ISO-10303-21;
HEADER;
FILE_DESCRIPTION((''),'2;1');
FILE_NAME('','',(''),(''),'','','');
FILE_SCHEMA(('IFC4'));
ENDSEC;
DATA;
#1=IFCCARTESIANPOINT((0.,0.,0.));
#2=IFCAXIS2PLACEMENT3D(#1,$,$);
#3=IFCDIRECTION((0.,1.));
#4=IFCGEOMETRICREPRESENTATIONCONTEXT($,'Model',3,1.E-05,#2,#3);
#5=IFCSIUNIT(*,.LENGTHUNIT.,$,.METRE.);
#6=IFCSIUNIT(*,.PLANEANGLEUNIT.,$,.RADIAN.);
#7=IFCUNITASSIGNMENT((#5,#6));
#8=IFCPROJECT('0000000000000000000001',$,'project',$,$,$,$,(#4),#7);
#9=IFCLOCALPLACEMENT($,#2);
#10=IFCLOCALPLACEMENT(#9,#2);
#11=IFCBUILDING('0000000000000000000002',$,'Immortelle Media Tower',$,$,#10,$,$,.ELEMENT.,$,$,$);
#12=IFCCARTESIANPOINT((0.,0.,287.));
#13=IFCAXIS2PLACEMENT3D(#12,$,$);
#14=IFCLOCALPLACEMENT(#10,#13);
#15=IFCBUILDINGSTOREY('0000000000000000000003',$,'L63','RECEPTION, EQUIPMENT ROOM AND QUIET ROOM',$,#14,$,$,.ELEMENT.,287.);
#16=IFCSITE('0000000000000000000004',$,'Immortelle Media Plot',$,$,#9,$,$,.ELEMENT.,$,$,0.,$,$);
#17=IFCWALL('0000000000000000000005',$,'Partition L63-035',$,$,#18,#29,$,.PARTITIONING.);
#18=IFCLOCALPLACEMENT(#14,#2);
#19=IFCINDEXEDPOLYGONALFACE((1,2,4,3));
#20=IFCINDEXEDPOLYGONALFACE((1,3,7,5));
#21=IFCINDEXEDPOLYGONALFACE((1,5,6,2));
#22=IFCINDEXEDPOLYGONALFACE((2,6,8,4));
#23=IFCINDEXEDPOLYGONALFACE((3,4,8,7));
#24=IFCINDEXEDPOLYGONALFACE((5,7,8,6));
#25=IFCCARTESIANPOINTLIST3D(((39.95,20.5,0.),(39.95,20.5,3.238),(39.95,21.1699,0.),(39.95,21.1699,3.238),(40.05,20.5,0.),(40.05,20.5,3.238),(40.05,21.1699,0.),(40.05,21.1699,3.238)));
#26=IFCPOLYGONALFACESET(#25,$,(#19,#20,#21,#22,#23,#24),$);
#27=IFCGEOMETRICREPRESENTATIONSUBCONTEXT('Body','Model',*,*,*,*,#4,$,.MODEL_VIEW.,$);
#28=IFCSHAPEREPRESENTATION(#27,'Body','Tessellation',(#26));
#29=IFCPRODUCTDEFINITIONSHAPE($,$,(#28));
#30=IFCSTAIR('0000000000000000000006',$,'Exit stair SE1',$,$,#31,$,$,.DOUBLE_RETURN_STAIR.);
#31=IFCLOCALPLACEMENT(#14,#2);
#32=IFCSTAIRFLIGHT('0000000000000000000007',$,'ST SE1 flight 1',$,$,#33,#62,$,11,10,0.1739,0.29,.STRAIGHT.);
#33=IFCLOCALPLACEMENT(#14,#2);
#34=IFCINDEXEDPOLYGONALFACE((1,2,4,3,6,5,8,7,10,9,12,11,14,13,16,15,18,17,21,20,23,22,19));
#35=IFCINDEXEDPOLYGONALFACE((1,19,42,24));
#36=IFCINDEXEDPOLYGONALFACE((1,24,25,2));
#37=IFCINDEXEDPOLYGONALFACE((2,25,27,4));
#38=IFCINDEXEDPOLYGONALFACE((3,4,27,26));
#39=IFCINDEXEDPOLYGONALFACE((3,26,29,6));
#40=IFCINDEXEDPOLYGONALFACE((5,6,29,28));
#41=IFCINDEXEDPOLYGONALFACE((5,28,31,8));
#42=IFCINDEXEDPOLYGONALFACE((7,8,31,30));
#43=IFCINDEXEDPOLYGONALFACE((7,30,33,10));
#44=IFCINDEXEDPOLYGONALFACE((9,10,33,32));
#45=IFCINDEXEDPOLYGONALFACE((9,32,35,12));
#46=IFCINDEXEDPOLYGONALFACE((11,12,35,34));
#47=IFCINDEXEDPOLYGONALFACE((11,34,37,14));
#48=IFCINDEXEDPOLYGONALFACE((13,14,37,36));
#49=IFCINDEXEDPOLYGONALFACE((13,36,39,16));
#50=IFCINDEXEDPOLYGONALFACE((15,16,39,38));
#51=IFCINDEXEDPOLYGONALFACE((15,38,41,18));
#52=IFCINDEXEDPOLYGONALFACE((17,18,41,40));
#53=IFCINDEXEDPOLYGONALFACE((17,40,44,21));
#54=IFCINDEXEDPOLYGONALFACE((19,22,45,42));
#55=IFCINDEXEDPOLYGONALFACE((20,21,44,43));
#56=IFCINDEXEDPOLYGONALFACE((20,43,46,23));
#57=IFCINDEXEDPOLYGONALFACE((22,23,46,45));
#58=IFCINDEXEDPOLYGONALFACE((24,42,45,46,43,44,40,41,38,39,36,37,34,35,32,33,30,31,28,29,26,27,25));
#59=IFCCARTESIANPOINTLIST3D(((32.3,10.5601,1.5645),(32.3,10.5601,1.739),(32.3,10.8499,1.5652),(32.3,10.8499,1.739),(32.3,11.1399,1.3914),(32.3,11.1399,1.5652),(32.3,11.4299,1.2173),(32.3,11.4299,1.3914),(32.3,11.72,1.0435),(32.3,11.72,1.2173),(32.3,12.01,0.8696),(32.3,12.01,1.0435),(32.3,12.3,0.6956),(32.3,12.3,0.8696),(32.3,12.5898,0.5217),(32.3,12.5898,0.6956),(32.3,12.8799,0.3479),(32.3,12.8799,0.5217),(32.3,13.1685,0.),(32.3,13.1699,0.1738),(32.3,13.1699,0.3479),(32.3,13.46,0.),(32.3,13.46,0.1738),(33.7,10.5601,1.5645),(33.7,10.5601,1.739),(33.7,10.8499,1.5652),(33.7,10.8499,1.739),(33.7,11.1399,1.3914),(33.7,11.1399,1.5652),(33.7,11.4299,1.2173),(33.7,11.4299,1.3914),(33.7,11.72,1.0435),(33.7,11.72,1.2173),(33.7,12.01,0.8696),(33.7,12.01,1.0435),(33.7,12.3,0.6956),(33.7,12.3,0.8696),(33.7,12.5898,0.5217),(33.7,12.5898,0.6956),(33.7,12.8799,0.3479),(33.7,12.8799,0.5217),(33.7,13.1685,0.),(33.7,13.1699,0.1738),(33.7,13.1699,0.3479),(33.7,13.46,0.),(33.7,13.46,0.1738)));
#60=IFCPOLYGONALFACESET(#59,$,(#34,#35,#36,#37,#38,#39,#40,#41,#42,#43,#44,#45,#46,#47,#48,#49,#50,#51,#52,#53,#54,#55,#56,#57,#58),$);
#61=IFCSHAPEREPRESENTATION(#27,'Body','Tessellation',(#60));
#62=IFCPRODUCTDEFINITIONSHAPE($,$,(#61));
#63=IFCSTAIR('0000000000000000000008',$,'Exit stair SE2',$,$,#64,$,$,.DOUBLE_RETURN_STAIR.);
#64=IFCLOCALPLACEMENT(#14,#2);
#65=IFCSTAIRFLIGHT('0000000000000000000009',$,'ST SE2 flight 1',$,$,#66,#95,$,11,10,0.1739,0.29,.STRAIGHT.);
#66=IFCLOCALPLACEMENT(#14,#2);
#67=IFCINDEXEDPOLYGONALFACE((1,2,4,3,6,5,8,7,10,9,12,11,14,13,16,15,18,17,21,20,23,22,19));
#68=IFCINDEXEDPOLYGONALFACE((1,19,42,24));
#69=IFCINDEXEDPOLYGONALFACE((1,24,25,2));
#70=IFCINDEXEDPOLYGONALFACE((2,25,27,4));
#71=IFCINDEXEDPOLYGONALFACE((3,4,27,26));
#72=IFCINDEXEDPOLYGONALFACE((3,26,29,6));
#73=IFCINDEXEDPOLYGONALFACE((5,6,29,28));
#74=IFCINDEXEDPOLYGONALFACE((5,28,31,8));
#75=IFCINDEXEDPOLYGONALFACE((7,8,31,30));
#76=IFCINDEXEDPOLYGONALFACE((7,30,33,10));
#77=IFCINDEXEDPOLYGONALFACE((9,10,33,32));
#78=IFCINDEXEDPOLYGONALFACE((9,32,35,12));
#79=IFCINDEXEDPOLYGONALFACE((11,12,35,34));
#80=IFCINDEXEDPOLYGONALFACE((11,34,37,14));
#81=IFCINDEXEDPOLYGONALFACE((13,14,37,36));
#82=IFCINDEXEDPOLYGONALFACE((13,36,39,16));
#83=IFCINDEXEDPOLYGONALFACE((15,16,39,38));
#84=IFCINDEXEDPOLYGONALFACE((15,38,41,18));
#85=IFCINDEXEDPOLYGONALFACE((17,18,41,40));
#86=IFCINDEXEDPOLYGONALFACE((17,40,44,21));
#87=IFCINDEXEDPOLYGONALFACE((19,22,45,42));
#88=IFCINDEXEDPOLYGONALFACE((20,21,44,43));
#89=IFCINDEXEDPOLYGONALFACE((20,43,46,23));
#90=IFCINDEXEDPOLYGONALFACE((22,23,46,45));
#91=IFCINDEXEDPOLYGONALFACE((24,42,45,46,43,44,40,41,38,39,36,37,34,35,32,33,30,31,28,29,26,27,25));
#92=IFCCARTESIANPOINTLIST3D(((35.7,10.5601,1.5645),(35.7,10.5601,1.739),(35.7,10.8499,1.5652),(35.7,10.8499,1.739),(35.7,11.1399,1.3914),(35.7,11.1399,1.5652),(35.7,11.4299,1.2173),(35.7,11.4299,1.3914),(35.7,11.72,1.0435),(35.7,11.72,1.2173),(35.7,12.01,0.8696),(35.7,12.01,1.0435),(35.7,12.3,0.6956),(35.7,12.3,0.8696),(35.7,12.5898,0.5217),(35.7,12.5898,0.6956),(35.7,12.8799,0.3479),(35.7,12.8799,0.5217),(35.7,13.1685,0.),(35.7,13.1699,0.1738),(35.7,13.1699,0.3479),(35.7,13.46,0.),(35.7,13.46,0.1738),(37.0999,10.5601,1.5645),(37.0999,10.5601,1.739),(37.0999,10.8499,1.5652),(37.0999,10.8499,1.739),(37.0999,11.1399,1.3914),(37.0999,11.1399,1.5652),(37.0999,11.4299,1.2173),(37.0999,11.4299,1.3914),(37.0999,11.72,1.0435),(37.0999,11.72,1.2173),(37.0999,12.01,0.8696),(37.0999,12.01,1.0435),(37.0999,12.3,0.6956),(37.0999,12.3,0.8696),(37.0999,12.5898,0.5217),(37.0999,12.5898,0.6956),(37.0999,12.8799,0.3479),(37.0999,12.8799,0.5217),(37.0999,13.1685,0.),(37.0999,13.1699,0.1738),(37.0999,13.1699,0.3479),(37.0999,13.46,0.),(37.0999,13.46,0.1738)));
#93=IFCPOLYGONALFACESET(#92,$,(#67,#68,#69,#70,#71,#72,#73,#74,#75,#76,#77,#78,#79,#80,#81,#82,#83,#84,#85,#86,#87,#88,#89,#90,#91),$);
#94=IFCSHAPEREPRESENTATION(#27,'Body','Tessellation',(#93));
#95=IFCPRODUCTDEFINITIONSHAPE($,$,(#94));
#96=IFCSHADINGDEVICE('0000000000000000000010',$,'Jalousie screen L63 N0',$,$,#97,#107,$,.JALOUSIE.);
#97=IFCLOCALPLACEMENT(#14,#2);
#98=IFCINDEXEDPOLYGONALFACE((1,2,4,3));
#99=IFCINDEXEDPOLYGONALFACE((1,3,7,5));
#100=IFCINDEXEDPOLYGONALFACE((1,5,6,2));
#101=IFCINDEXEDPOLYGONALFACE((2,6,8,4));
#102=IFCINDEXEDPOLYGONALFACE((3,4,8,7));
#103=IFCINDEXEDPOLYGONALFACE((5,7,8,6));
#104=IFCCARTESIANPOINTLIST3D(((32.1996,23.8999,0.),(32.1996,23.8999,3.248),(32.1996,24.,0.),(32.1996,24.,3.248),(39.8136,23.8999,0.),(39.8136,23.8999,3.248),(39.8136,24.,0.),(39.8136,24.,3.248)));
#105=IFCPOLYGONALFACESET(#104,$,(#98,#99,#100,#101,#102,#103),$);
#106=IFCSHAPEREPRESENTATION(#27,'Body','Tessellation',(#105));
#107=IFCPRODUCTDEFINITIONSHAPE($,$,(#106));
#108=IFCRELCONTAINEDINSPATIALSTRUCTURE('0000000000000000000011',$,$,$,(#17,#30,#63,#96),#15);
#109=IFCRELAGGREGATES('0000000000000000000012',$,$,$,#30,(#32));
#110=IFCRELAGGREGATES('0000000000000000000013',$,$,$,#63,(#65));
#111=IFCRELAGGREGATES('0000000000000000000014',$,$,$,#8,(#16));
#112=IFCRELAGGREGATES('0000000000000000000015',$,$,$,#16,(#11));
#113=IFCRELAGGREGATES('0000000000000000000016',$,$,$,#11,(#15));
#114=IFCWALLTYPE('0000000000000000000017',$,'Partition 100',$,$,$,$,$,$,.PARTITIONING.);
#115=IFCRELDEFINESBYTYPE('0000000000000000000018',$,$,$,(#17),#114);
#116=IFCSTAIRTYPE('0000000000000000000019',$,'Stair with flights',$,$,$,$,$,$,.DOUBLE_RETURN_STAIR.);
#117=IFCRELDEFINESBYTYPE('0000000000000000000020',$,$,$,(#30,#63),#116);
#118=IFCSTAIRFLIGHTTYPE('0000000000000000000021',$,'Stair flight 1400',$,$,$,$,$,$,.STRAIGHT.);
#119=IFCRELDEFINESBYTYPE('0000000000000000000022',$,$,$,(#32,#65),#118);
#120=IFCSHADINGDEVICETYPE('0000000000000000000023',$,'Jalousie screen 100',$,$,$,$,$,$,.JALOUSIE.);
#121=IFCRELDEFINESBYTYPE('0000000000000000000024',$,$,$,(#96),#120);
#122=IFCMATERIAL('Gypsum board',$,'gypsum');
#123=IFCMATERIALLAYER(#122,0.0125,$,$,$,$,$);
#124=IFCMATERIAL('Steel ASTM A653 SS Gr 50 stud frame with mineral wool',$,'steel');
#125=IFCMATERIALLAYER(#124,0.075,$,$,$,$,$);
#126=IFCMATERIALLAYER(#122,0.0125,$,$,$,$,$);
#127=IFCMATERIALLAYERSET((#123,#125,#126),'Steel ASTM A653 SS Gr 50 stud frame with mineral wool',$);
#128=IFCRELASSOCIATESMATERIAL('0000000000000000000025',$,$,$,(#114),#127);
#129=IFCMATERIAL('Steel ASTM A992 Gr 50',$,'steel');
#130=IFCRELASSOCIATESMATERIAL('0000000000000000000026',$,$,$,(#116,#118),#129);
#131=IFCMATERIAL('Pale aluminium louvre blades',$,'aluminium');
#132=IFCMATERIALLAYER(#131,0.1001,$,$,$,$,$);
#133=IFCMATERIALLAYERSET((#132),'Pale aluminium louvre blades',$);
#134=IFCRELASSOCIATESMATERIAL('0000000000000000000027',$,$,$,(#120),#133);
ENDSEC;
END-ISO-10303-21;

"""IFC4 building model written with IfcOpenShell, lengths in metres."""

from ifc_helpers import new_model, si_unit, direction, frame, frame_2d, origin, origin_2d, place, context, subcontext, project, spatial, polyline, rectangle, outline, extrude, material, layer, layer_set, type_object, element, aggregate, save


model = new_model("IFC4")

# Units and contexts
model_context = context("Model", 3, precision=1e-05, world=origin(), true_north=direction((0.0, 1.0)))
body_context = subcontext(model_context, "Body", "Model", "MODEL_VIEW")
ifc_project = project(units=[si_unit("LENGTHUNIT", "METRE"), si_unit("PLANEANGLEUNIT", "RADIAN")], contexts=[model_context])

# Site, building, storey
site_placement = place(None, origin())
site = spatial("IfcSite", under=ifc_project, at=site_placement, Name="Immortelle Media Plot", CompositionType="ELEMENT", RefElevation=0.0)
building_placement = place(site_placement, origin())
building = spatial("IfcBuilding", under=site, at=building_placement, Name="Immortelle Media Tower", CompositionType="ELEMENT")
storey_placement = place(building_placement, frame((0.0, 0.0, 287.0)))
storey = spatial("IfcBuildingStorey", under=building, at=storey_placement, Name="L63", Description="RECEPTION, EQUIPMENT ROOM AND QUIET ROOM", CompositionType="ELEMENT", Elevation=287.0)

# Shared definitions
ifc_material_1 = material(Name="Steel ASTM A992 Gr 50", Category="steel")

# Shared definitions
ifc_material_2 = material(Name="Steel ASTM A653 SS Gr 50 stud frame with mineral wool", Category="steel")

# Wall
ifc_material_3 = material(Name="Gypsum board", Category="gypsum")
ifc_layer_1 = layer(ifc_material_3, 0.0125)
ifc_layer_2 = layer(ifc_material_2, 0.075)
ifc_layer_3 = layer(ifc_material_3, 0.0125)
ifc_layer_set_1 = layer_set([ifc_layer_1, ifc_layer_2, ifc_layer_3], Name="Steel ASTM A653 SS Gr 50 stud frame with mineral wool")
wall_type_1 = type_object("IfcWallType", Name="Partition 100", PredefinedType="PARTITIONING", material=ifc_layer_set_1)
wall_1_placement = place(storey_placement, frame((40.0, 20.5, 0.0), z_axis=(0.0, 0.0, 1.0), x_axis=(0.0, 1.0, 0.0)))
element("IfcWall", 1, at=wall_1_placement, inside=storey, type_object=wall_type_1, Name="Partition L63-035", PredefinedType="PARTITIONING", context=body_context, shape_type="SweptSolid", body=[
    extrude(rectangle(XDim=0.6699, YDim=0.1001, at=frame_2d((0.335, 0.0))), origin(), (0.0, 0.0, 1.0), 3.238),
])

# Stairs, stair flights
stair_type = type_object("IfcStairType", Name="Stair with flights", PredefinedType="DOUBLE_RETURN_STAIR", material=ifc_material_1)
stair_1_placement = place(storey_placement, origin())
stair_1 = element("IfcStair", 2, at=stair_1_placement, inside=storey, type_object=stair_type, Name="Exit stair SE1", PredefinedType="DOUBLE_RETURN_STAIR")
stair_flight_type = type_object("IfcStairFlightType", Name="Stair flight 1400", PredefinedType="STRAIGHT", material=ifc_material_1)
stair_flight_1_placement = place(storey_placement, frame((33.0, 13.46, 0.0), z_axis=(0.0, 0.0, 1.0), x_axis=(0.0, -1.0, 0.0)))
stair_flight_1 = element("IfcStairFlight", 3, at=stair_flight_1_placement, type_object=stair_flight_type, Name="ST SE1 flight 1", NumberOfRisers=11, NumberOfTreads=10, PredefinedType="STRAIGHT", RiserHeight=0.1739, TreadLength=0.29, context=body_context, shape_type="SweptSolid", body=[
    extrude(outline(polyline([(0.0, 0.0), (0.0, 0.1738), (0.29, 0.1738), (0.29, 0.3479), (0.5801, 0.3479), (0.5801, 0.5217), (0.8701, 0.5217), (0.8701, 0.6956), (1.1599, 0.6956), (1.1599, 0.8696), (1.45, 0.8696), (1.45, 1.0435), (1.74, 1.0435), (1.74, 1.2173), (2.03, 1.2173), (2.03, 1.3914), (2.3201, 1.3914), (2.3201, 1.5652), (2.6101, 1.5652), (2.6101, 1.739), (2.8999, 1.739), (2.8999, 1.9131), (2.8999, 1.5645), (0.2915, 0.0), (0.0, 0.0)])), frame((0.0, 0.7, 0.0), z_axis=(0.0, -1.0, 0.0), x_axis=(1.0, 0.0, 0.0)), (0.0, 0.0, 1.0), 1.3999),
])
aggregate(stair_1, [stair_flight_1])
stair_2_placement = place(storey_placement, origin())
stair_2 = element("IfcStair", 4, at=stair_2_placement, inside=storey, type_object=stair_type, Name="Exit stair SE2", PredefinedType="DOUBLE_RETURN_STAIR")
stair_flight_2_placement = place(storey_placement, frame((36.3999, 13.46, 0.0), z_axis=(0.0, 0.0, 1.0), x_axis=(0.0, -1.0, 0.0)))
stair_flight_2 = element("IfcStairFlight", 5, at=stair_flight_2_placement, type_object=stair_flight_type, Name="ST SE2 flight 1", NumberOfRisers=11, NumberOfTreads=10, PredefinedType="STRAIGHT", RiserHeight=0.1739, TreadLength=0.29, context=body_context, shape_type="SweptSolid", body=[
    extrude(outline(polyline([(0.0, 0.0), (0.0, 0.1738), (0.29, 0.1738), (0.29, 0.3479), (0.5801, 0.3479), (0.5801, 0.5217), (0.8701, 0.5217), (0.8701, 0.6956), (1.1599, 0.6956), (1.1599, 0.8696), (1.45, 0.8696), (1.45, 1.0435), (1.74, 1.0435), (1.74, 1.2173), (2.03, 1.2173), (2.03, 1.3914), (2.3201, 1.3914), (2.3201, 1.5652), (2.6101, 1.5652), (2.6101, 1.739), (2.8999, 1.739), (2.8999, 1.9131), (2.8999, 1.5645), (0.2915, 0.0), (0.0, 0.0)])), frame((0.0, 0.7, 0.0), z_axis=(0.0, -1.0, 0.0), x_axis=(1.0, 0.0, 0.0)), (0.0, 0.0, 1.0), 1.3999),
])
aggregate(stair_2, [stair_flight_2])

# Shading device
ifc_material_4 = material(Name="Pale aluminium louvre blades", Category="aluminium")
ifc_layer_4 = layer(ifc_material_4, 0.1001)
ifc_layer_set_2 = layer_set([ifc_layer_4], Name="Pale aluminium louvre blades")
shading_device_type = type_object("IfcShadingDeviceType", Name="Jalousie screen 100", PredefinedType="JALOUSIE", material=ifc_layer_set_2)
shading_device_placement = place(storey_placement, frame((36.0066, 23.95, 0.0), z_axis=(0.0, 0.0, 1.0), x_axis=(-1.0, 0.0, 0.0)))
element("IfcShadingDevice", 6, at=shading_device_placement, inside=storey, type_object=shading_device_type, Name="Jalousie screen L63 N0", PredefinedType="JALOUSIE", context=body_context, shape_type="SweptSolid", body=[
    extrude(rectangle(XDim=7.614, YDim=0.1001, at=origin_2d()), origin(), (0.0, 0.0, 1.0), 3.248),
])

save(model, "model.ifc")
